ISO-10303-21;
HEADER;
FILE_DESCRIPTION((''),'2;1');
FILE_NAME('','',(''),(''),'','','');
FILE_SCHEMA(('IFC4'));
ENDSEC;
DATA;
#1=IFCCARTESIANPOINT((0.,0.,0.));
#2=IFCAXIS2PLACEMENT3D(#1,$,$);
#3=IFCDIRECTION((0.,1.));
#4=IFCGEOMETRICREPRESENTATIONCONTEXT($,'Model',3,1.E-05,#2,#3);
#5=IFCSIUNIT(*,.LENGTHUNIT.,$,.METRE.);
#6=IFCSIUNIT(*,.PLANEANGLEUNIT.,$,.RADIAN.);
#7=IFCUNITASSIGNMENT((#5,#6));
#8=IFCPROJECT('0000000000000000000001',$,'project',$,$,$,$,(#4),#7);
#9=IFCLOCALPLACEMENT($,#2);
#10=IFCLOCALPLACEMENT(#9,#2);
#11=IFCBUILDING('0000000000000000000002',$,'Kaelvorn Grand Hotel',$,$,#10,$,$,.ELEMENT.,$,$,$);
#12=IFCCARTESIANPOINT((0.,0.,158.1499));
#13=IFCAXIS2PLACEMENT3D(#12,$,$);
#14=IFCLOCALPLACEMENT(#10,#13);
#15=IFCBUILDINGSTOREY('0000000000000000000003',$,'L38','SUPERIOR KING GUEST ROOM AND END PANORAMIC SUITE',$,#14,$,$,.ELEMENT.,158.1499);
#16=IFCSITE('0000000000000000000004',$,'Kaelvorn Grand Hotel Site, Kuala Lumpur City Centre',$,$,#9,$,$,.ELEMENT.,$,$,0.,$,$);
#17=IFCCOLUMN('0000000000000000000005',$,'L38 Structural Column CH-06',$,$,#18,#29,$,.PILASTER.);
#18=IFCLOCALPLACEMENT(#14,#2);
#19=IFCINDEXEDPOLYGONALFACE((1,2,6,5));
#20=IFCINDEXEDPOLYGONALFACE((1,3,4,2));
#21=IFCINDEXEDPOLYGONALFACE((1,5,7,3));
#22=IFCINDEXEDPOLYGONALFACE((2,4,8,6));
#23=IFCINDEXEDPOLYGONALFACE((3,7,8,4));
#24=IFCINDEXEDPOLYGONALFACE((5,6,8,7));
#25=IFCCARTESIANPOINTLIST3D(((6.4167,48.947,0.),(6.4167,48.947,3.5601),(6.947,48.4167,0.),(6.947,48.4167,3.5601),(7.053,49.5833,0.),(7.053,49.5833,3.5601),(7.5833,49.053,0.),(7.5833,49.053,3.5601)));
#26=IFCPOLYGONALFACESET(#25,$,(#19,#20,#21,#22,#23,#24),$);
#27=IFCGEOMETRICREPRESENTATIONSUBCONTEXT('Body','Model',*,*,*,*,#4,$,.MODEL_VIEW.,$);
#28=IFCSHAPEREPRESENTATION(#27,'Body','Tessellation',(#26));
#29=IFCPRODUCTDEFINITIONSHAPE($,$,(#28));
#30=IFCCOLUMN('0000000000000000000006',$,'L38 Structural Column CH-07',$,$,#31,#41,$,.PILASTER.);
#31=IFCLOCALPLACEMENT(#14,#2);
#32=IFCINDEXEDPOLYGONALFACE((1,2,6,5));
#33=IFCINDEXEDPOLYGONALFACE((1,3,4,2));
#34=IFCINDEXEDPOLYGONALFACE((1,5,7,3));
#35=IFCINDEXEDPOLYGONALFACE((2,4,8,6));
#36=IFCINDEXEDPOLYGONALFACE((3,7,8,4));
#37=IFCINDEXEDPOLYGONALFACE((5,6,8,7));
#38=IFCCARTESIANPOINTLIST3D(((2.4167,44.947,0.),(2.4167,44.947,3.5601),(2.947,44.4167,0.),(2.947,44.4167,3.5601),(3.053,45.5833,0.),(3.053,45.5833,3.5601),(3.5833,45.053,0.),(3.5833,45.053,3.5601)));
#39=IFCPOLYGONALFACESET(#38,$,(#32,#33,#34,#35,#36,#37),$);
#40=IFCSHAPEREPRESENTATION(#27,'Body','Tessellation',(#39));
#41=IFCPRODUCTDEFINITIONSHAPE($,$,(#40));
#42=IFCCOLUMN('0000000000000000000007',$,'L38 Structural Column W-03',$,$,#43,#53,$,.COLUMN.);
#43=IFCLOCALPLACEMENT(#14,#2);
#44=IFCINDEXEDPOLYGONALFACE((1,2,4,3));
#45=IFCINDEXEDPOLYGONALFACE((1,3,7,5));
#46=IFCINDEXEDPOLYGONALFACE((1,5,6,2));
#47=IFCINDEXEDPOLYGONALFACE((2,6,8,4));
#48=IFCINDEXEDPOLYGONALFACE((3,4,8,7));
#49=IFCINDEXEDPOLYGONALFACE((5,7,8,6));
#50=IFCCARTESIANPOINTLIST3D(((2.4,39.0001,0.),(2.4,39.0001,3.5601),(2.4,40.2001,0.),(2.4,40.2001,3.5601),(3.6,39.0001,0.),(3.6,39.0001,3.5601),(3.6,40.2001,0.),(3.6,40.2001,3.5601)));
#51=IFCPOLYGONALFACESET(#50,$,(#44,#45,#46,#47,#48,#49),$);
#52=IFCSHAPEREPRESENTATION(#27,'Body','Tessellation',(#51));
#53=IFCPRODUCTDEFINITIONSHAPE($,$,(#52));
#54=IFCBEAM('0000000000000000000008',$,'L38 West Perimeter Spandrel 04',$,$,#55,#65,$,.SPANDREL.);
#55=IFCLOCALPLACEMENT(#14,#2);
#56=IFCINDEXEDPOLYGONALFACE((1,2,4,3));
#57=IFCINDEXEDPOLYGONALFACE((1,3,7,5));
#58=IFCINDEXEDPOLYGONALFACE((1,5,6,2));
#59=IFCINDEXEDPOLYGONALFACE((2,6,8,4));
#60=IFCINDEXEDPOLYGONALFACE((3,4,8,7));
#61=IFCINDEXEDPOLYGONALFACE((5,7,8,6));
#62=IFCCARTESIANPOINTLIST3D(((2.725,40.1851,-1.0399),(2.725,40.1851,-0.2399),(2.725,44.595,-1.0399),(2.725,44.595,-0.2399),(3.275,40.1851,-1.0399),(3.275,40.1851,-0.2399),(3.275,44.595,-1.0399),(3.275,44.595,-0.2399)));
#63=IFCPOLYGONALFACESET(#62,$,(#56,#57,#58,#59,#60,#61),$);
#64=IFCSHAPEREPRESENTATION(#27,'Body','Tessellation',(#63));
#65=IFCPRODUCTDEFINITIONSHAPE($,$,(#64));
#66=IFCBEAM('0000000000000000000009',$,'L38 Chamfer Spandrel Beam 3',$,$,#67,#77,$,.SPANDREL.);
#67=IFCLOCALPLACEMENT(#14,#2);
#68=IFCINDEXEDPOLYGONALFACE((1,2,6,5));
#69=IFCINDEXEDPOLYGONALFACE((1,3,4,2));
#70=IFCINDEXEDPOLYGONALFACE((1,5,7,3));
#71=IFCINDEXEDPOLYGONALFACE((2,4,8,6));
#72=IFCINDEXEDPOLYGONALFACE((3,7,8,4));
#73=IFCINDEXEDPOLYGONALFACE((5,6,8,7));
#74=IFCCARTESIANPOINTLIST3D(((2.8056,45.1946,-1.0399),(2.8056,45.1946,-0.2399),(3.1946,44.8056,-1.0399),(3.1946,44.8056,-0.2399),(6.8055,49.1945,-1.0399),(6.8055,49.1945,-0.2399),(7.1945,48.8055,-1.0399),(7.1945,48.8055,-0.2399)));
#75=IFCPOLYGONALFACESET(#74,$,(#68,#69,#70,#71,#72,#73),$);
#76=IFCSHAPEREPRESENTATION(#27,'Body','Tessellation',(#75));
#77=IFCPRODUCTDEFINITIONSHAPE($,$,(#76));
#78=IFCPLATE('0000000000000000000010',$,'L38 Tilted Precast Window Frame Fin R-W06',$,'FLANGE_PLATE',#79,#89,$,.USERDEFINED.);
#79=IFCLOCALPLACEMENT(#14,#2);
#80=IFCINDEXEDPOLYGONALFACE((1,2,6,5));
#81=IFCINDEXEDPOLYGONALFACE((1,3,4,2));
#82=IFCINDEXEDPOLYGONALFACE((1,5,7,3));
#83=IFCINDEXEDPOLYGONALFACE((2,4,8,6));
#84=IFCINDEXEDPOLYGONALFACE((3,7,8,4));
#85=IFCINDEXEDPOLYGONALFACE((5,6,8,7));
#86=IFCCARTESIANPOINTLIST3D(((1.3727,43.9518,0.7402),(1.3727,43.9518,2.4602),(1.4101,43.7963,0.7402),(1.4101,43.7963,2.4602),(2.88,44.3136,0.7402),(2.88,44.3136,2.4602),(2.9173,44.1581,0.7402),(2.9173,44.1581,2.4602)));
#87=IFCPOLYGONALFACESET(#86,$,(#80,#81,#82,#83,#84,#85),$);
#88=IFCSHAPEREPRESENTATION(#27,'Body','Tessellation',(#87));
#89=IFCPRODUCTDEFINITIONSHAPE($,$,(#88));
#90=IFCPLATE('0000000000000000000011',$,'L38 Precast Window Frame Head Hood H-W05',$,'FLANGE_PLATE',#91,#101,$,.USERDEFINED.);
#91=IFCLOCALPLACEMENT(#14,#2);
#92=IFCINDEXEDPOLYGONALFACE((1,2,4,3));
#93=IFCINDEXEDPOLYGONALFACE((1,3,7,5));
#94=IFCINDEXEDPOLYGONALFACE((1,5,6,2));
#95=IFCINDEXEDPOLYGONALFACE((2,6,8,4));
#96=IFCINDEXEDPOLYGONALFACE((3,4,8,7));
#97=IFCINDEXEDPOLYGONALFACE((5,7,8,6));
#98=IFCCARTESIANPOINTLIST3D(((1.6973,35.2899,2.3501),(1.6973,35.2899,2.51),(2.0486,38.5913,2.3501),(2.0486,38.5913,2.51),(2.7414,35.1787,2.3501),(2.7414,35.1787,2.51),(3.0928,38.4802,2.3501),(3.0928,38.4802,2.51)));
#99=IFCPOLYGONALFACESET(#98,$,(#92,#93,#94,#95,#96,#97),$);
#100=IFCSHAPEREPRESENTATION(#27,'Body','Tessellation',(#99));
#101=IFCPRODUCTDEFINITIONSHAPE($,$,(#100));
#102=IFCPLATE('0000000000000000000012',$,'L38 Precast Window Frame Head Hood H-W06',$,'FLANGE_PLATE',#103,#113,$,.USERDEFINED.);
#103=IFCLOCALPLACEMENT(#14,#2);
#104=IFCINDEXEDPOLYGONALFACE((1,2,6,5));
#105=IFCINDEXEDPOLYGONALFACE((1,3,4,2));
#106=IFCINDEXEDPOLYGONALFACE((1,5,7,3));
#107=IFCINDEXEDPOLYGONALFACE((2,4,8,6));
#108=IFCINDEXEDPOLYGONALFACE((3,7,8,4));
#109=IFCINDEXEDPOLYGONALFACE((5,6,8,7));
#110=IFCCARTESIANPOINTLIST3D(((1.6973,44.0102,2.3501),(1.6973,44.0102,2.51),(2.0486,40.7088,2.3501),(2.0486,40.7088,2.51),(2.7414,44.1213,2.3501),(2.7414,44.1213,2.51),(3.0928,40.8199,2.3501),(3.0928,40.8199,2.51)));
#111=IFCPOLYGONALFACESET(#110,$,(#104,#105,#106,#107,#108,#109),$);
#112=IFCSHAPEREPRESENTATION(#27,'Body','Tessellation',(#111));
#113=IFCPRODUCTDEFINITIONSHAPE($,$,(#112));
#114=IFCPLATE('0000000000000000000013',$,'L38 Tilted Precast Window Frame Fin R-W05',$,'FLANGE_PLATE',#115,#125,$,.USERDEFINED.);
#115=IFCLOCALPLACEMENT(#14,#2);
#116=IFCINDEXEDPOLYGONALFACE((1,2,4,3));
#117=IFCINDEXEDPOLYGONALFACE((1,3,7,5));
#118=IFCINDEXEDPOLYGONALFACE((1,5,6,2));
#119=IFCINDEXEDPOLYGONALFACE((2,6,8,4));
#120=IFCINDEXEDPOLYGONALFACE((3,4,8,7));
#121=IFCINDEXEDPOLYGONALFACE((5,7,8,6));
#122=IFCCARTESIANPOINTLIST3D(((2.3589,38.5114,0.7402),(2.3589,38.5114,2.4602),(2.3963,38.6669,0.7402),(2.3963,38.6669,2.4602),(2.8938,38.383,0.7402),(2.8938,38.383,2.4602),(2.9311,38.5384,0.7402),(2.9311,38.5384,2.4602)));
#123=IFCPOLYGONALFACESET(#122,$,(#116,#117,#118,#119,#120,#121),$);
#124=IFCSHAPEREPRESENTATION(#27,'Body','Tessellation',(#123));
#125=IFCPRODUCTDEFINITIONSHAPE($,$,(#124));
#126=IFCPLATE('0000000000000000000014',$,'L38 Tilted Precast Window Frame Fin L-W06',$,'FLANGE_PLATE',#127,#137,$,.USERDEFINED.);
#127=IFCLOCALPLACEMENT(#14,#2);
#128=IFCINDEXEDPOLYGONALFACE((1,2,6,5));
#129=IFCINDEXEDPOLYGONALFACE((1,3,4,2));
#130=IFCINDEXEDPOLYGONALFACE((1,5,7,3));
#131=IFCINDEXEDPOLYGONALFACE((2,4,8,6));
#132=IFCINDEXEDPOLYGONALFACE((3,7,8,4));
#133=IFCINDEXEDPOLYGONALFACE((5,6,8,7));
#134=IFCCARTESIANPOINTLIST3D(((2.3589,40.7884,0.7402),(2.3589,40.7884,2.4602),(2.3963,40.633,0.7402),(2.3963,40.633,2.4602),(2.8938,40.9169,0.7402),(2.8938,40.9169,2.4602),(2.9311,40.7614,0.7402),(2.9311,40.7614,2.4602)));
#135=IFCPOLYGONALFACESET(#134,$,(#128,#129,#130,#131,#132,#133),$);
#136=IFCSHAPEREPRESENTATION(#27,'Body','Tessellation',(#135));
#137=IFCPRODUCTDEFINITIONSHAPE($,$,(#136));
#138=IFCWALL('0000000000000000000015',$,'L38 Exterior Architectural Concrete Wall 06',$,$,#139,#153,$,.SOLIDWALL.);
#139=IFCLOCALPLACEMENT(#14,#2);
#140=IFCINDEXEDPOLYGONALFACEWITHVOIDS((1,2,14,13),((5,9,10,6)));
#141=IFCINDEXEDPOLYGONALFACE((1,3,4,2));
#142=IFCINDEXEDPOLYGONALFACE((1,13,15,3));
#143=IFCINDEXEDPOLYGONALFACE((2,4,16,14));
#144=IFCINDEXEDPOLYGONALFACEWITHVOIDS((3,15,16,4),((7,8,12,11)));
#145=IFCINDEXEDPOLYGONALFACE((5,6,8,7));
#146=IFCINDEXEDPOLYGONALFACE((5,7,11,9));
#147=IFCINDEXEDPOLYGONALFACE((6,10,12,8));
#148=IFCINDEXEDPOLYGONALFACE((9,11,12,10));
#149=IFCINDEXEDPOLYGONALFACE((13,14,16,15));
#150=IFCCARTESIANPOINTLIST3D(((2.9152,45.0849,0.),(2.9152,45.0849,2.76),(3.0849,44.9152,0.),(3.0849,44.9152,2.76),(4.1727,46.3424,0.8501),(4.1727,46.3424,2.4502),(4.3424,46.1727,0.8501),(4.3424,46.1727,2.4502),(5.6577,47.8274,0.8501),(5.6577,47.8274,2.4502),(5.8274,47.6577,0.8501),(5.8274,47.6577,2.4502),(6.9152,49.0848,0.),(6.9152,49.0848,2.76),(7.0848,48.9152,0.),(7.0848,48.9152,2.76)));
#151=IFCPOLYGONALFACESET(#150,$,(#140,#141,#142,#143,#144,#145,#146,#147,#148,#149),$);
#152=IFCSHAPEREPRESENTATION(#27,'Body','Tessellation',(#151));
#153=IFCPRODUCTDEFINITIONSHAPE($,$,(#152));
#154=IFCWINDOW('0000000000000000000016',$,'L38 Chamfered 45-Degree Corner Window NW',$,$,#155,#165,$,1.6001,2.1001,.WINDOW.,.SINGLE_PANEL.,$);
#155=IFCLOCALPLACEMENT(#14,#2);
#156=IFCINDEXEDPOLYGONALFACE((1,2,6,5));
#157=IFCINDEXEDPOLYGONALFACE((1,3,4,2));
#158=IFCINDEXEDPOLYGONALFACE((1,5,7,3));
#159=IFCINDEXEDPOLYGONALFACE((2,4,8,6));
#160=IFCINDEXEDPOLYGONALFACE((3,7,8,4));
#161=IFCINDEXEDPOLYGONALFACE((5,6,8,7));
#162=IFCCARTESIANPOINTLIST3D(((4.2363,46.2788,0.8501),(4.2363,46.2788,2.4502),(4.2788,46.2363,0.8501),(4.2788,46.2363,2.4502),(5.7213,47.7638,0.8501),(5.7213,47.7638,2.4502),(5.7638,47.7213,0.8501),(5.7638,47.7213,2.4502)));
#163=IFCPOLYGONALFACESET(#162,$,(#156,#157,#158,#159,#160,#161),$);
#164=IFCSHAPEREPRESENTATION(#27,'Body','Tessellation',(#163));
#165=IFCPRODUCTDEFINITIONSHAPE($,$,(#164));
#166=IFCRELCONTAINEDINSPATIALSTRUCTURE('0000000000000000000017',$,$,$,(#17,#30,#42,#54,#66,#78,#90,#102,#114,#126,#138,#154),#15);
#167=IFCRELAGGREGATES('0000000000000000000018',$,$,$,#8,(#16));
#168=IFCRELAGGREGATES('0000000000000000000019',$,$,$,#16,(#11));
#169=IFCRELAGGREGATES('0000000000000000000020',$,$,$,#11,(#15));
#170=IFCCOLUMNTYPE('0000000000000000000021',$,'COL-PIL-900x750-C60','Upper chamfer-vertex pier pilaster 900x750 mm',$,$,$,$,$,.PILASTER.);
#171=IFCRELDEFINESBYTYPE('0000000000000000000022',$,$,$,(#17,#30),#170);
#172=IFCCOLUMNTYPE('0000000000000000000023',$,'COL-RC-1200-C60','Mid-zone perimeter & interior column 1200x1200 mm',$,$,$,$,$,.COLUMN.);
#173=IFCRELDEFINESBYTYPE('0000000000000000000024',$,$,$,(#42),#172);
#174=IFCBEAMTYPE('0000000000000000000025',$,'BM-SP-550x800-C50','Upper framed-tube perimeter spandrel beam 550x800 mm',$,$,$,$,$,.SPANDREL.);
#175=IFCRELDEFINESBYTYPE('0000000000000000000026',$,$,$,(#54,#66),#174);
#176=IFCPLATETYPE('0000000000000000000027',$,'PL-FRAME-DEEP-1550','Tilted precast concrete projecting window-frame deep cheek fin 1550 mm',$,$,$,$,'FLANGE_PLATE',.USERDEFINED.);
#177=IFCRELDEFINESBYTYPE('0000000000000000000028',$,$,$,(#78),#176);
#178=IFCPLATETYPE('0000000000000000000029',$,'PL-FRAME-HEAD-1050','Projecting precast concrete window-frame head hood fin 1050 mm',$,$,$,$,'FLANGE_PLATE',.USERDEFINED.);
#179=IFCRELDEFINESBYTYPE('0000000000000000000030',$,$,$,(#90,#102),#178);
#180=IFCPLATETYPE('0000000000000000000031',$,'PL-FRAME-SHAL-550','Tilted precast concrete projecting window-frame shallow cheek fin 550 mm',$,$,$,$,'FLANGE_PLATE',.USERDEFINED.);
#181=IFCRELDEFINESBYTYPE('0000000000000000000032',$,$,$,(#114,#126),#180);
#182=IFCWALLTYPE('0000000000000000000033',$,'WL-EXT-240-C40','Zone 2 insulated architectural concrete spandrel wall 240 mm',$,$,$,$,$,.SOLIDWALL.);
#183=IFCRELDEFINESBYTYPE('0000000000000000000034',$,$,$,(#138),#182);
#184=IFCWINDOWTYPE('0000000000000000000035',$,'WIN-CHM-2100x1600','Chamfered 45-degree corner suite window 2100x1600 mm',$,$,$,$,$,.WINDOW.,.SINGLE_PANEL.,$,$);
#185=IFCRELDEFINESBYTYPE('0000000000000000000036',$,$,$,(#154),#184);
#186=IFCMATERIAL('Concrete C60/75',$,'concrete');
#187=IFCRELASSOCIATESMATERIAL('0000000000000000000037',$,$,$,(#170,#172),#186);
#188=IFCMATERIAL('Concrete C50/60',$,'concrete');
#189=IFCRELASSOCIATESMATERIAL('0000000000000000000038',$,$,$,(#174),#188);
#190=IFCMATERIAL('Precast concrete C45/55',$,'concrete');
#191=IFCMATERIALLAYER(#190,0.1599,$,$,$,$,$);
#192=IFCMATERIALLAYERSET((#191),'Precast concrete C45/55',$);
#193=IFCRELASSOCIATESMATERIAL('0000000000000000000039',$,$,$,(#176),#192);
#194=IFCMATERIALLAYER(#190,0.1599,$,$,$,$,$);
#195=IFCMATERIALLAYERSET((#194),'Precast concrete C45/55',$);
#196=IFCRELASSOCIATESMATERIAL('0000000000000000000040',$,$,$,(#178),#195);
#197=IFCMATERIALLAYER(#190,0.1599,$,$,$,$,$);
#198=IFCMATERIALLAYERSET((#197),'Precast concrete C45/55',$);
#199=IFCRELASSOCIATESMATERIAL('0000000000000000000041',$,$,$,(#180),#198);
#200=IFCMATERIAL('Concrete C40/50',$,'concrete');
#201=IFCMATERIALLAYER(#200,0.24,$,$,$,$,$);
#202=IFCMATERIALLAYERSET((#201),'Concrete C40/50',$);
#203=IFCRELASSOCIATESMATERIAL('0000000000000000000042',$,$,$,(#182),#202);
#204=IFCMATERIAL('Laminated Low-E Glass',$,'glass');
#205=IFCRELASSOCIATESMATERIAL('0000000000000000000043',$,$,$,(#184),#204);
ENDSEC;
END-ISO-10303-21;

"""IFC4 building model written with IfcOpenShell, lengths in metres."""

from ifc_helpers import new_model, si_unit, direction, frame, frame_2d, origin, origin_2d, place, context, subcontext, project, spatial, rectangle, extrude, material, layer, layer_set, material_profile, profile_set, type_object, element, fill, save


model = new_model("IFC4")

# Units and contexts
model_context = context("Model", 3, precision=1e-05, world=origin(), true_north=direction((0.0, 1.0)))
body_context = subcontext(model_context, "Body", "Model", "MODEL_VIEW")
ifc_project = project(units=[si_unit("LENGTHUNIT", "METRE"), si_unit("PLANEANGLEUNIT", "RADIAN")], contexts=[model_context])

# Site, building, storey
site_placement = place(None, origin())
site = spatial("IfcSite", under=ifc_project, at=site_placement, Name="Kaelvorn Grand Hotel Site, Kuala Lumpur City Centre", CompositionType="ELEMENT", RefElevation=0.0)
building_placement = place(site_placement, origin())
building = spatial("IfcBuilding", under=site, at=building_placement, Name="Kaelvorn Grand Hotel", CompositionType="ELEMENT")
storey_placement = place(building_placement, frame((0.0, 0.0, 158.1499)))
storey = spatial("IfcBuildingStorey", under=building, at=storey_placement, Name="L38", Description="SUPERIOR KING GUEST ROOM AND END PANORAMIC SUITE", CompositionType="ELEMENT", Elevation=158.1499)

# Columns
ifc_material_1 = material(Name="Concrete C60/75", Category="concrete")
ifc_material_profile_1 = material_profile(ifc_material_1, rectangle(XDim=0.8999, YDim=0.75, at=origin_2d()), Name="RC PILASTER 900x750")
ifc_profile_set_1 = profile_set([ifc_material_profile_1], Name="Concrete C60/75")
column_type_1 = type_object("IfcColumnType", Name="COL-PIL-900x750-C60", Description="Upper chamfer-vertex pier pilaster 900x750 mm", PredefinedType="PILASTER", material=ifc_profile_set_1)
for number, where, z_axis, x_axis, name in (
    (1, (7.0, 49.0, 0.0), (0.0, 0.0, 1.0), (0.707107, 0.707107, 0.0), "L38 Structural Column CH-06"),
    (2, (3.0, 45.0, 0.0), (0.0, 0.0, 1.0), (0.707107, 0.707107, 0.0), "L38 Structural Column CH-07"),
):
    element("IfcColumn", number, at=place(storey_placement, frame(where, z_axis=z_axis, x_axis=x_axis)), inside=storey, type_object=column_type_1, Name=name, PredefinedType="PILASTER", context=body_context, shape_type="SweptSolid", body=[
        extrude(rectangle(XDim=0.8999, YDim=0.75, at=origin_2d()), origin(), (0.0, 0.0, 1.0), 3.5601),
    ])
ifc_material_profile_2 = material_profile(ifc_material_1, rectangle(XDim=1.2, YDim=1.2, at=origin_2d()), Name="RC COL 1200x1200")
ifc_profile_set_2 = profile_set([ifc_material_profile_2], Name="Concrete C60/75")
column_type_2 = type_object("IfcColumnType", Name="COL-RC-1200-C60", Description="Mid-zone perimeter & interior column 1200x1200 mm", PredefinedType="COLUMN", material=ifc_profile_set_2)
column_placement = place(storey_placement, frame((3.0, 39.6001, 0.0), z_axis=(0.0, 0.0, 1.0), x_axis=(1.0, 0.0, 0.0)))
element("IfcColumn", 3, at=column_placement, inside=storey, type_object=column_type_2, Name="L38 Structural Column W-03", PredefinedType="COLUMN", context=body_context, shape_type="SweptSolid", body=[
    extrude(rectangle(XDim=1.2, YDim=1.2, at=origin_2d()), origin(), (0.0, 0.0, 1.0), 3.5601),
])

# Beams
ifc_material_2 = material(Name="Concrete C50/60", Category="concrete")
ifc_material_profile_3 = material_profile(ifc_material_2, rectangle(XDim=0.55, YDim=0.8, at=origin_2d()), Name="RC SPANDREL 550x800")
ifc_profile_set_3 = profile_set([ifc_material_profile_3], Name="Concrete C50/60")
beam_type = type_object("IfcBeamType", Name="BM-SP-550x800-C50", Description="Upper framed-tube perimeter spandrel beam 550x800 mm", PredefinedType="SPANDREL", material=ifc_profile_set_3)
beam_1_placement = place(storey_placement, frame((3.0, 40.1851, -0.6399), z_axis=(0.0, 1.0, 0.0), x_axis=(-1.0, 0.0, 0.0)))
element("IfcBeam", 4, at=beam_1_placement, inside=storey, type_object=beam_type, Name="L38 West Perimeter Spandrel 04", PredefinedType="SPANDREL", context=body_context, shape_type="SweptSolid", body=[
    extrude(rectangle(XDim=0.55, YDim=0.8, at=origin_2d()), origin(), (0.0, 0.0, 1.0), 4.4099),
])
beam_2_placement = place(storey_placement, frame((7.0, 49.0, -0.6399), z_axis=(-0.707107, -0.707107, 0.0), x_axis=(0.707107, -0.707107, 0.0)))
element("IfcBeam", 5, at=beam_2_placement, inside=storey, type_object=beam_type, Name="L38 Chamfer Spandrel Beam 3", PredefinedType="SPANDREL", context=body_context, shape_type="SweptSolid", body=[
    extrude(rectangle(XDim=0.55, YDim=0.8, at=origin_2d()), origin(), (0.0, 0.0, 1.0), 5.6567),
])

# Plates
ifc_material_3 = material(Name="Precast concrete C45/55", Category="concrete")
ifc_layer_1 = layer(ifc_material_3, 0.1599)
ifc_layer_set_1 = layer_set([ifc_layer_1], Name="Precast concrete C45/55")
plate_type_1 = type_object("IfcPlateType", Name="PL-FRAME-DEEP-1550", Description="Tilted precast concrete projecting window-frame deep cheek fin 1550 mm", ElementType="FLANGE_PLATE", PredefinedType="USERDEFINED", material=ifc_layer_set_1)
plate_placement = place(storey_placement, frame((2.145, 44.0549, 0.7402), z_axis=(0.0, 0.0, 1.0), x_axis=(-0.233445, 0.97237, 0.0)))
element("IfcPlate", 6, at=plate_placement, inside=storey, type_object=plate_type_1, Name="L38 Tilted Precast Window Frame Fin R-W06", ObjectType="FLANGE_PLATE", PredefinedType="USERDEFINED", context=body_context, shape_type="SweptSolid", body=[
    extrude(rectangle(XDim=0.1599, YDim=1.55, at=origin_2d()), origin(), (0.0, 0.0, 1.0), 1.72),
])
ifc_layer_2 = layer(ifc_material_3, 0.1599)
ifc_layer_set_2 = layer_set([ifc_layer_2], Name="Precast concrete C45/55")
plate_type_2 = type_object("IfcPlateType", Name="PL-FRAME-HEAD-1050", Description="Projecting precast concrete window-frame head hood fin 1050 mm", ElementType="FLANGE_PLATE", PredefinedType="USERDEFINED", material=ifc_layer_set_2)
for number, where, z_axis, x_axis, name in (
    (7, (2.395, 36.885, 2.3501), (0.0, 0.0, 1.0), (0.10583, 0.994384, 0.0), "L38 Precast Window Frame Head Hood H-W05"),
    (8, (2.395, 42.415, 2.3501), (0.0, 0.0, 1.0), (-0.10583, 0.994384, 0.0), "L38 Precast Window Frame Head Hood H-W06"),
):
    element("IfcPlate", number, at=place(storey_placement, frame(where, z_axis=z_axis, x_axis=x_axis)), inside=storey, type_object=plate_type_2, Name=name, ObjectType="FLANGE_PLATE", PredefinedType="USERDEFINED", context=body_context, shape_type="SweptSolid", body=[
        extrude(rectangle(XDim=3.3201, YDim=1.05, at=origin_2d()), origin(), (0.0, 0.0, 1.0), 0.1599),
    ])
ifc_layer_3 = layer(ifc_material_3, 0.1599)
ifc_layer_set_3 = layer_set([ifc_layer_3], Name="Precast concrete C45/55")
plate_type_3 = type_object("IfcPlateType", Name="PL-FRAME-SHAL-550", Description="Tilted precast concrete projecting window-frame shallow cheek fin 550 mm", ElementType="FLANGE_PLATE", PredefinedType="USERDEFINED", material=ifc_layer_set_3)
for number, where, z_axis, x_axis, name in (
    (9, (2.645, 38.5249, 0.7402), (0.0, 0.0, 1.0), (0.233445, 0.97237, 0.0), "L38 Tilted Precast Window Frame Fin R-W05"),
    (10, (2.645, 40.7749, 0.7402), (0.0, 0.0, 1.0), (-0.233445, 0.97237, 0.0), "L38 Tilted Precast Window Frame Fin L-W06"),
):
    element("IfcPlate", number, at=place(storey_placement, frame(where, z_axis=z_axis, x_axis=x_axis)), inside=storey, type_object=plate_type_3, Name=name, ObjectType="FLANGE_PLATE", PredefinedType="USERDEFINED", context=body_context, shape_type="SweptSolid", body=[
        extrude(rectangle(XDim=0.1599, YDim=0.55, at=origin_2d()), origin(), (0.0, 0.0, 1.0), 1.72),
    ])

# Wall, opening, window
ifc_material_4 = material(Name="Concrete C40/50", Category="concrete")
ifc_layer_4 = layer(ifc_material_4, 0.24)
ifc_layer_set_4 = layer_set([ifc_layer_4], Name="Concrete C40/50")
wall_type = type_object("IfcWallType", Name="WL-EXT-240-C40", Description="Zone 2 insulated architectural concrete spandrel wall 240 mm", PredefinedType="SOLIDWALL", material=ifc_layer_set_4)
wall_1_placement = place(storey_placement, frame((7.0, 49.0, 0.0), z_axis=(0.0, 0.0, 1.0), x_axis=(-0.707107, -0.707107, 0.0)))
wall_1 = element("IfcWall", 11, at=wall_1_placement, inside=storey, type_object=wall_type, Name="L38 Exterior Architectural Concrete Wall 06", PredefinedType="SOLIDWALL", context=body_context, shape_type="SweptSolid", body=[
    extrude(rectangle(XDim=5.6567, YDim=0.24, at=frame_2d((2.8284, 0.0))), origin(), (0.0, 0.0, 1.0), 2.76),
])
opening_1_placement = place(wall_1_placement, frame((1.7783, 0.0, 0.8501)))
opening_1 = element("IfcOpeningElement", 12, at=opening_1_placement, cuts=wall_1, PredefinedType="OPENING", context=body_context, shape_type="SweptSolid", body=[
    extrude(rectangle(XDim=2.1001, YDim=1.6001, at=frame_2d((1.05, 0.8))), frame((0.0, 0.1299, 0.0), z_axis=(0.0, -1.0, 0.0), x_axis=(1.0, 0.0, 0.0)), (0.0, 0.0, 1.0), 0.26),
])
ifc_material_5 = material(Name="Laminated Low-E Glass", Category="glass")
window_type_1 = type_object("IfcWindowType", Name="WIN-CHM-2100x1600", Description="Chamfered 45-degree corner suite window 2100x1600 mm", PartitioningType="SINGLE_PANEL", PredefinedType="WINDOW", material=ifc_material_5)
window_1_placement = place(opening_1_placement, origin())
window_1 = element("IfcWindow", 13, at=window_1_placement, inside=storey, type_object=window_type_1, Name="L38 Chamfered 45-Degree Corner Window NW", OverallHeight=1.6001, OverallWidth=2.1001, PartitioningType="SINGLE_PANEL", PredefinedType="WINDOW", context=body_context, shape_type="SweptSolid", body=[
    extrude(rectangle(XDim=2.1001, YDim=1.6001, at=frame_2d((1.05, 0.8))), frame((0.0, 0.03, 0.0), z_axis=(0.0, -1.0, 0.0), x_axis=(1.0, 0.0, 0.0)), (0.0, 0.0, 1.0), 0.0601),
])
fill(opening_1, window_1)

save(model, "model.ifc")
